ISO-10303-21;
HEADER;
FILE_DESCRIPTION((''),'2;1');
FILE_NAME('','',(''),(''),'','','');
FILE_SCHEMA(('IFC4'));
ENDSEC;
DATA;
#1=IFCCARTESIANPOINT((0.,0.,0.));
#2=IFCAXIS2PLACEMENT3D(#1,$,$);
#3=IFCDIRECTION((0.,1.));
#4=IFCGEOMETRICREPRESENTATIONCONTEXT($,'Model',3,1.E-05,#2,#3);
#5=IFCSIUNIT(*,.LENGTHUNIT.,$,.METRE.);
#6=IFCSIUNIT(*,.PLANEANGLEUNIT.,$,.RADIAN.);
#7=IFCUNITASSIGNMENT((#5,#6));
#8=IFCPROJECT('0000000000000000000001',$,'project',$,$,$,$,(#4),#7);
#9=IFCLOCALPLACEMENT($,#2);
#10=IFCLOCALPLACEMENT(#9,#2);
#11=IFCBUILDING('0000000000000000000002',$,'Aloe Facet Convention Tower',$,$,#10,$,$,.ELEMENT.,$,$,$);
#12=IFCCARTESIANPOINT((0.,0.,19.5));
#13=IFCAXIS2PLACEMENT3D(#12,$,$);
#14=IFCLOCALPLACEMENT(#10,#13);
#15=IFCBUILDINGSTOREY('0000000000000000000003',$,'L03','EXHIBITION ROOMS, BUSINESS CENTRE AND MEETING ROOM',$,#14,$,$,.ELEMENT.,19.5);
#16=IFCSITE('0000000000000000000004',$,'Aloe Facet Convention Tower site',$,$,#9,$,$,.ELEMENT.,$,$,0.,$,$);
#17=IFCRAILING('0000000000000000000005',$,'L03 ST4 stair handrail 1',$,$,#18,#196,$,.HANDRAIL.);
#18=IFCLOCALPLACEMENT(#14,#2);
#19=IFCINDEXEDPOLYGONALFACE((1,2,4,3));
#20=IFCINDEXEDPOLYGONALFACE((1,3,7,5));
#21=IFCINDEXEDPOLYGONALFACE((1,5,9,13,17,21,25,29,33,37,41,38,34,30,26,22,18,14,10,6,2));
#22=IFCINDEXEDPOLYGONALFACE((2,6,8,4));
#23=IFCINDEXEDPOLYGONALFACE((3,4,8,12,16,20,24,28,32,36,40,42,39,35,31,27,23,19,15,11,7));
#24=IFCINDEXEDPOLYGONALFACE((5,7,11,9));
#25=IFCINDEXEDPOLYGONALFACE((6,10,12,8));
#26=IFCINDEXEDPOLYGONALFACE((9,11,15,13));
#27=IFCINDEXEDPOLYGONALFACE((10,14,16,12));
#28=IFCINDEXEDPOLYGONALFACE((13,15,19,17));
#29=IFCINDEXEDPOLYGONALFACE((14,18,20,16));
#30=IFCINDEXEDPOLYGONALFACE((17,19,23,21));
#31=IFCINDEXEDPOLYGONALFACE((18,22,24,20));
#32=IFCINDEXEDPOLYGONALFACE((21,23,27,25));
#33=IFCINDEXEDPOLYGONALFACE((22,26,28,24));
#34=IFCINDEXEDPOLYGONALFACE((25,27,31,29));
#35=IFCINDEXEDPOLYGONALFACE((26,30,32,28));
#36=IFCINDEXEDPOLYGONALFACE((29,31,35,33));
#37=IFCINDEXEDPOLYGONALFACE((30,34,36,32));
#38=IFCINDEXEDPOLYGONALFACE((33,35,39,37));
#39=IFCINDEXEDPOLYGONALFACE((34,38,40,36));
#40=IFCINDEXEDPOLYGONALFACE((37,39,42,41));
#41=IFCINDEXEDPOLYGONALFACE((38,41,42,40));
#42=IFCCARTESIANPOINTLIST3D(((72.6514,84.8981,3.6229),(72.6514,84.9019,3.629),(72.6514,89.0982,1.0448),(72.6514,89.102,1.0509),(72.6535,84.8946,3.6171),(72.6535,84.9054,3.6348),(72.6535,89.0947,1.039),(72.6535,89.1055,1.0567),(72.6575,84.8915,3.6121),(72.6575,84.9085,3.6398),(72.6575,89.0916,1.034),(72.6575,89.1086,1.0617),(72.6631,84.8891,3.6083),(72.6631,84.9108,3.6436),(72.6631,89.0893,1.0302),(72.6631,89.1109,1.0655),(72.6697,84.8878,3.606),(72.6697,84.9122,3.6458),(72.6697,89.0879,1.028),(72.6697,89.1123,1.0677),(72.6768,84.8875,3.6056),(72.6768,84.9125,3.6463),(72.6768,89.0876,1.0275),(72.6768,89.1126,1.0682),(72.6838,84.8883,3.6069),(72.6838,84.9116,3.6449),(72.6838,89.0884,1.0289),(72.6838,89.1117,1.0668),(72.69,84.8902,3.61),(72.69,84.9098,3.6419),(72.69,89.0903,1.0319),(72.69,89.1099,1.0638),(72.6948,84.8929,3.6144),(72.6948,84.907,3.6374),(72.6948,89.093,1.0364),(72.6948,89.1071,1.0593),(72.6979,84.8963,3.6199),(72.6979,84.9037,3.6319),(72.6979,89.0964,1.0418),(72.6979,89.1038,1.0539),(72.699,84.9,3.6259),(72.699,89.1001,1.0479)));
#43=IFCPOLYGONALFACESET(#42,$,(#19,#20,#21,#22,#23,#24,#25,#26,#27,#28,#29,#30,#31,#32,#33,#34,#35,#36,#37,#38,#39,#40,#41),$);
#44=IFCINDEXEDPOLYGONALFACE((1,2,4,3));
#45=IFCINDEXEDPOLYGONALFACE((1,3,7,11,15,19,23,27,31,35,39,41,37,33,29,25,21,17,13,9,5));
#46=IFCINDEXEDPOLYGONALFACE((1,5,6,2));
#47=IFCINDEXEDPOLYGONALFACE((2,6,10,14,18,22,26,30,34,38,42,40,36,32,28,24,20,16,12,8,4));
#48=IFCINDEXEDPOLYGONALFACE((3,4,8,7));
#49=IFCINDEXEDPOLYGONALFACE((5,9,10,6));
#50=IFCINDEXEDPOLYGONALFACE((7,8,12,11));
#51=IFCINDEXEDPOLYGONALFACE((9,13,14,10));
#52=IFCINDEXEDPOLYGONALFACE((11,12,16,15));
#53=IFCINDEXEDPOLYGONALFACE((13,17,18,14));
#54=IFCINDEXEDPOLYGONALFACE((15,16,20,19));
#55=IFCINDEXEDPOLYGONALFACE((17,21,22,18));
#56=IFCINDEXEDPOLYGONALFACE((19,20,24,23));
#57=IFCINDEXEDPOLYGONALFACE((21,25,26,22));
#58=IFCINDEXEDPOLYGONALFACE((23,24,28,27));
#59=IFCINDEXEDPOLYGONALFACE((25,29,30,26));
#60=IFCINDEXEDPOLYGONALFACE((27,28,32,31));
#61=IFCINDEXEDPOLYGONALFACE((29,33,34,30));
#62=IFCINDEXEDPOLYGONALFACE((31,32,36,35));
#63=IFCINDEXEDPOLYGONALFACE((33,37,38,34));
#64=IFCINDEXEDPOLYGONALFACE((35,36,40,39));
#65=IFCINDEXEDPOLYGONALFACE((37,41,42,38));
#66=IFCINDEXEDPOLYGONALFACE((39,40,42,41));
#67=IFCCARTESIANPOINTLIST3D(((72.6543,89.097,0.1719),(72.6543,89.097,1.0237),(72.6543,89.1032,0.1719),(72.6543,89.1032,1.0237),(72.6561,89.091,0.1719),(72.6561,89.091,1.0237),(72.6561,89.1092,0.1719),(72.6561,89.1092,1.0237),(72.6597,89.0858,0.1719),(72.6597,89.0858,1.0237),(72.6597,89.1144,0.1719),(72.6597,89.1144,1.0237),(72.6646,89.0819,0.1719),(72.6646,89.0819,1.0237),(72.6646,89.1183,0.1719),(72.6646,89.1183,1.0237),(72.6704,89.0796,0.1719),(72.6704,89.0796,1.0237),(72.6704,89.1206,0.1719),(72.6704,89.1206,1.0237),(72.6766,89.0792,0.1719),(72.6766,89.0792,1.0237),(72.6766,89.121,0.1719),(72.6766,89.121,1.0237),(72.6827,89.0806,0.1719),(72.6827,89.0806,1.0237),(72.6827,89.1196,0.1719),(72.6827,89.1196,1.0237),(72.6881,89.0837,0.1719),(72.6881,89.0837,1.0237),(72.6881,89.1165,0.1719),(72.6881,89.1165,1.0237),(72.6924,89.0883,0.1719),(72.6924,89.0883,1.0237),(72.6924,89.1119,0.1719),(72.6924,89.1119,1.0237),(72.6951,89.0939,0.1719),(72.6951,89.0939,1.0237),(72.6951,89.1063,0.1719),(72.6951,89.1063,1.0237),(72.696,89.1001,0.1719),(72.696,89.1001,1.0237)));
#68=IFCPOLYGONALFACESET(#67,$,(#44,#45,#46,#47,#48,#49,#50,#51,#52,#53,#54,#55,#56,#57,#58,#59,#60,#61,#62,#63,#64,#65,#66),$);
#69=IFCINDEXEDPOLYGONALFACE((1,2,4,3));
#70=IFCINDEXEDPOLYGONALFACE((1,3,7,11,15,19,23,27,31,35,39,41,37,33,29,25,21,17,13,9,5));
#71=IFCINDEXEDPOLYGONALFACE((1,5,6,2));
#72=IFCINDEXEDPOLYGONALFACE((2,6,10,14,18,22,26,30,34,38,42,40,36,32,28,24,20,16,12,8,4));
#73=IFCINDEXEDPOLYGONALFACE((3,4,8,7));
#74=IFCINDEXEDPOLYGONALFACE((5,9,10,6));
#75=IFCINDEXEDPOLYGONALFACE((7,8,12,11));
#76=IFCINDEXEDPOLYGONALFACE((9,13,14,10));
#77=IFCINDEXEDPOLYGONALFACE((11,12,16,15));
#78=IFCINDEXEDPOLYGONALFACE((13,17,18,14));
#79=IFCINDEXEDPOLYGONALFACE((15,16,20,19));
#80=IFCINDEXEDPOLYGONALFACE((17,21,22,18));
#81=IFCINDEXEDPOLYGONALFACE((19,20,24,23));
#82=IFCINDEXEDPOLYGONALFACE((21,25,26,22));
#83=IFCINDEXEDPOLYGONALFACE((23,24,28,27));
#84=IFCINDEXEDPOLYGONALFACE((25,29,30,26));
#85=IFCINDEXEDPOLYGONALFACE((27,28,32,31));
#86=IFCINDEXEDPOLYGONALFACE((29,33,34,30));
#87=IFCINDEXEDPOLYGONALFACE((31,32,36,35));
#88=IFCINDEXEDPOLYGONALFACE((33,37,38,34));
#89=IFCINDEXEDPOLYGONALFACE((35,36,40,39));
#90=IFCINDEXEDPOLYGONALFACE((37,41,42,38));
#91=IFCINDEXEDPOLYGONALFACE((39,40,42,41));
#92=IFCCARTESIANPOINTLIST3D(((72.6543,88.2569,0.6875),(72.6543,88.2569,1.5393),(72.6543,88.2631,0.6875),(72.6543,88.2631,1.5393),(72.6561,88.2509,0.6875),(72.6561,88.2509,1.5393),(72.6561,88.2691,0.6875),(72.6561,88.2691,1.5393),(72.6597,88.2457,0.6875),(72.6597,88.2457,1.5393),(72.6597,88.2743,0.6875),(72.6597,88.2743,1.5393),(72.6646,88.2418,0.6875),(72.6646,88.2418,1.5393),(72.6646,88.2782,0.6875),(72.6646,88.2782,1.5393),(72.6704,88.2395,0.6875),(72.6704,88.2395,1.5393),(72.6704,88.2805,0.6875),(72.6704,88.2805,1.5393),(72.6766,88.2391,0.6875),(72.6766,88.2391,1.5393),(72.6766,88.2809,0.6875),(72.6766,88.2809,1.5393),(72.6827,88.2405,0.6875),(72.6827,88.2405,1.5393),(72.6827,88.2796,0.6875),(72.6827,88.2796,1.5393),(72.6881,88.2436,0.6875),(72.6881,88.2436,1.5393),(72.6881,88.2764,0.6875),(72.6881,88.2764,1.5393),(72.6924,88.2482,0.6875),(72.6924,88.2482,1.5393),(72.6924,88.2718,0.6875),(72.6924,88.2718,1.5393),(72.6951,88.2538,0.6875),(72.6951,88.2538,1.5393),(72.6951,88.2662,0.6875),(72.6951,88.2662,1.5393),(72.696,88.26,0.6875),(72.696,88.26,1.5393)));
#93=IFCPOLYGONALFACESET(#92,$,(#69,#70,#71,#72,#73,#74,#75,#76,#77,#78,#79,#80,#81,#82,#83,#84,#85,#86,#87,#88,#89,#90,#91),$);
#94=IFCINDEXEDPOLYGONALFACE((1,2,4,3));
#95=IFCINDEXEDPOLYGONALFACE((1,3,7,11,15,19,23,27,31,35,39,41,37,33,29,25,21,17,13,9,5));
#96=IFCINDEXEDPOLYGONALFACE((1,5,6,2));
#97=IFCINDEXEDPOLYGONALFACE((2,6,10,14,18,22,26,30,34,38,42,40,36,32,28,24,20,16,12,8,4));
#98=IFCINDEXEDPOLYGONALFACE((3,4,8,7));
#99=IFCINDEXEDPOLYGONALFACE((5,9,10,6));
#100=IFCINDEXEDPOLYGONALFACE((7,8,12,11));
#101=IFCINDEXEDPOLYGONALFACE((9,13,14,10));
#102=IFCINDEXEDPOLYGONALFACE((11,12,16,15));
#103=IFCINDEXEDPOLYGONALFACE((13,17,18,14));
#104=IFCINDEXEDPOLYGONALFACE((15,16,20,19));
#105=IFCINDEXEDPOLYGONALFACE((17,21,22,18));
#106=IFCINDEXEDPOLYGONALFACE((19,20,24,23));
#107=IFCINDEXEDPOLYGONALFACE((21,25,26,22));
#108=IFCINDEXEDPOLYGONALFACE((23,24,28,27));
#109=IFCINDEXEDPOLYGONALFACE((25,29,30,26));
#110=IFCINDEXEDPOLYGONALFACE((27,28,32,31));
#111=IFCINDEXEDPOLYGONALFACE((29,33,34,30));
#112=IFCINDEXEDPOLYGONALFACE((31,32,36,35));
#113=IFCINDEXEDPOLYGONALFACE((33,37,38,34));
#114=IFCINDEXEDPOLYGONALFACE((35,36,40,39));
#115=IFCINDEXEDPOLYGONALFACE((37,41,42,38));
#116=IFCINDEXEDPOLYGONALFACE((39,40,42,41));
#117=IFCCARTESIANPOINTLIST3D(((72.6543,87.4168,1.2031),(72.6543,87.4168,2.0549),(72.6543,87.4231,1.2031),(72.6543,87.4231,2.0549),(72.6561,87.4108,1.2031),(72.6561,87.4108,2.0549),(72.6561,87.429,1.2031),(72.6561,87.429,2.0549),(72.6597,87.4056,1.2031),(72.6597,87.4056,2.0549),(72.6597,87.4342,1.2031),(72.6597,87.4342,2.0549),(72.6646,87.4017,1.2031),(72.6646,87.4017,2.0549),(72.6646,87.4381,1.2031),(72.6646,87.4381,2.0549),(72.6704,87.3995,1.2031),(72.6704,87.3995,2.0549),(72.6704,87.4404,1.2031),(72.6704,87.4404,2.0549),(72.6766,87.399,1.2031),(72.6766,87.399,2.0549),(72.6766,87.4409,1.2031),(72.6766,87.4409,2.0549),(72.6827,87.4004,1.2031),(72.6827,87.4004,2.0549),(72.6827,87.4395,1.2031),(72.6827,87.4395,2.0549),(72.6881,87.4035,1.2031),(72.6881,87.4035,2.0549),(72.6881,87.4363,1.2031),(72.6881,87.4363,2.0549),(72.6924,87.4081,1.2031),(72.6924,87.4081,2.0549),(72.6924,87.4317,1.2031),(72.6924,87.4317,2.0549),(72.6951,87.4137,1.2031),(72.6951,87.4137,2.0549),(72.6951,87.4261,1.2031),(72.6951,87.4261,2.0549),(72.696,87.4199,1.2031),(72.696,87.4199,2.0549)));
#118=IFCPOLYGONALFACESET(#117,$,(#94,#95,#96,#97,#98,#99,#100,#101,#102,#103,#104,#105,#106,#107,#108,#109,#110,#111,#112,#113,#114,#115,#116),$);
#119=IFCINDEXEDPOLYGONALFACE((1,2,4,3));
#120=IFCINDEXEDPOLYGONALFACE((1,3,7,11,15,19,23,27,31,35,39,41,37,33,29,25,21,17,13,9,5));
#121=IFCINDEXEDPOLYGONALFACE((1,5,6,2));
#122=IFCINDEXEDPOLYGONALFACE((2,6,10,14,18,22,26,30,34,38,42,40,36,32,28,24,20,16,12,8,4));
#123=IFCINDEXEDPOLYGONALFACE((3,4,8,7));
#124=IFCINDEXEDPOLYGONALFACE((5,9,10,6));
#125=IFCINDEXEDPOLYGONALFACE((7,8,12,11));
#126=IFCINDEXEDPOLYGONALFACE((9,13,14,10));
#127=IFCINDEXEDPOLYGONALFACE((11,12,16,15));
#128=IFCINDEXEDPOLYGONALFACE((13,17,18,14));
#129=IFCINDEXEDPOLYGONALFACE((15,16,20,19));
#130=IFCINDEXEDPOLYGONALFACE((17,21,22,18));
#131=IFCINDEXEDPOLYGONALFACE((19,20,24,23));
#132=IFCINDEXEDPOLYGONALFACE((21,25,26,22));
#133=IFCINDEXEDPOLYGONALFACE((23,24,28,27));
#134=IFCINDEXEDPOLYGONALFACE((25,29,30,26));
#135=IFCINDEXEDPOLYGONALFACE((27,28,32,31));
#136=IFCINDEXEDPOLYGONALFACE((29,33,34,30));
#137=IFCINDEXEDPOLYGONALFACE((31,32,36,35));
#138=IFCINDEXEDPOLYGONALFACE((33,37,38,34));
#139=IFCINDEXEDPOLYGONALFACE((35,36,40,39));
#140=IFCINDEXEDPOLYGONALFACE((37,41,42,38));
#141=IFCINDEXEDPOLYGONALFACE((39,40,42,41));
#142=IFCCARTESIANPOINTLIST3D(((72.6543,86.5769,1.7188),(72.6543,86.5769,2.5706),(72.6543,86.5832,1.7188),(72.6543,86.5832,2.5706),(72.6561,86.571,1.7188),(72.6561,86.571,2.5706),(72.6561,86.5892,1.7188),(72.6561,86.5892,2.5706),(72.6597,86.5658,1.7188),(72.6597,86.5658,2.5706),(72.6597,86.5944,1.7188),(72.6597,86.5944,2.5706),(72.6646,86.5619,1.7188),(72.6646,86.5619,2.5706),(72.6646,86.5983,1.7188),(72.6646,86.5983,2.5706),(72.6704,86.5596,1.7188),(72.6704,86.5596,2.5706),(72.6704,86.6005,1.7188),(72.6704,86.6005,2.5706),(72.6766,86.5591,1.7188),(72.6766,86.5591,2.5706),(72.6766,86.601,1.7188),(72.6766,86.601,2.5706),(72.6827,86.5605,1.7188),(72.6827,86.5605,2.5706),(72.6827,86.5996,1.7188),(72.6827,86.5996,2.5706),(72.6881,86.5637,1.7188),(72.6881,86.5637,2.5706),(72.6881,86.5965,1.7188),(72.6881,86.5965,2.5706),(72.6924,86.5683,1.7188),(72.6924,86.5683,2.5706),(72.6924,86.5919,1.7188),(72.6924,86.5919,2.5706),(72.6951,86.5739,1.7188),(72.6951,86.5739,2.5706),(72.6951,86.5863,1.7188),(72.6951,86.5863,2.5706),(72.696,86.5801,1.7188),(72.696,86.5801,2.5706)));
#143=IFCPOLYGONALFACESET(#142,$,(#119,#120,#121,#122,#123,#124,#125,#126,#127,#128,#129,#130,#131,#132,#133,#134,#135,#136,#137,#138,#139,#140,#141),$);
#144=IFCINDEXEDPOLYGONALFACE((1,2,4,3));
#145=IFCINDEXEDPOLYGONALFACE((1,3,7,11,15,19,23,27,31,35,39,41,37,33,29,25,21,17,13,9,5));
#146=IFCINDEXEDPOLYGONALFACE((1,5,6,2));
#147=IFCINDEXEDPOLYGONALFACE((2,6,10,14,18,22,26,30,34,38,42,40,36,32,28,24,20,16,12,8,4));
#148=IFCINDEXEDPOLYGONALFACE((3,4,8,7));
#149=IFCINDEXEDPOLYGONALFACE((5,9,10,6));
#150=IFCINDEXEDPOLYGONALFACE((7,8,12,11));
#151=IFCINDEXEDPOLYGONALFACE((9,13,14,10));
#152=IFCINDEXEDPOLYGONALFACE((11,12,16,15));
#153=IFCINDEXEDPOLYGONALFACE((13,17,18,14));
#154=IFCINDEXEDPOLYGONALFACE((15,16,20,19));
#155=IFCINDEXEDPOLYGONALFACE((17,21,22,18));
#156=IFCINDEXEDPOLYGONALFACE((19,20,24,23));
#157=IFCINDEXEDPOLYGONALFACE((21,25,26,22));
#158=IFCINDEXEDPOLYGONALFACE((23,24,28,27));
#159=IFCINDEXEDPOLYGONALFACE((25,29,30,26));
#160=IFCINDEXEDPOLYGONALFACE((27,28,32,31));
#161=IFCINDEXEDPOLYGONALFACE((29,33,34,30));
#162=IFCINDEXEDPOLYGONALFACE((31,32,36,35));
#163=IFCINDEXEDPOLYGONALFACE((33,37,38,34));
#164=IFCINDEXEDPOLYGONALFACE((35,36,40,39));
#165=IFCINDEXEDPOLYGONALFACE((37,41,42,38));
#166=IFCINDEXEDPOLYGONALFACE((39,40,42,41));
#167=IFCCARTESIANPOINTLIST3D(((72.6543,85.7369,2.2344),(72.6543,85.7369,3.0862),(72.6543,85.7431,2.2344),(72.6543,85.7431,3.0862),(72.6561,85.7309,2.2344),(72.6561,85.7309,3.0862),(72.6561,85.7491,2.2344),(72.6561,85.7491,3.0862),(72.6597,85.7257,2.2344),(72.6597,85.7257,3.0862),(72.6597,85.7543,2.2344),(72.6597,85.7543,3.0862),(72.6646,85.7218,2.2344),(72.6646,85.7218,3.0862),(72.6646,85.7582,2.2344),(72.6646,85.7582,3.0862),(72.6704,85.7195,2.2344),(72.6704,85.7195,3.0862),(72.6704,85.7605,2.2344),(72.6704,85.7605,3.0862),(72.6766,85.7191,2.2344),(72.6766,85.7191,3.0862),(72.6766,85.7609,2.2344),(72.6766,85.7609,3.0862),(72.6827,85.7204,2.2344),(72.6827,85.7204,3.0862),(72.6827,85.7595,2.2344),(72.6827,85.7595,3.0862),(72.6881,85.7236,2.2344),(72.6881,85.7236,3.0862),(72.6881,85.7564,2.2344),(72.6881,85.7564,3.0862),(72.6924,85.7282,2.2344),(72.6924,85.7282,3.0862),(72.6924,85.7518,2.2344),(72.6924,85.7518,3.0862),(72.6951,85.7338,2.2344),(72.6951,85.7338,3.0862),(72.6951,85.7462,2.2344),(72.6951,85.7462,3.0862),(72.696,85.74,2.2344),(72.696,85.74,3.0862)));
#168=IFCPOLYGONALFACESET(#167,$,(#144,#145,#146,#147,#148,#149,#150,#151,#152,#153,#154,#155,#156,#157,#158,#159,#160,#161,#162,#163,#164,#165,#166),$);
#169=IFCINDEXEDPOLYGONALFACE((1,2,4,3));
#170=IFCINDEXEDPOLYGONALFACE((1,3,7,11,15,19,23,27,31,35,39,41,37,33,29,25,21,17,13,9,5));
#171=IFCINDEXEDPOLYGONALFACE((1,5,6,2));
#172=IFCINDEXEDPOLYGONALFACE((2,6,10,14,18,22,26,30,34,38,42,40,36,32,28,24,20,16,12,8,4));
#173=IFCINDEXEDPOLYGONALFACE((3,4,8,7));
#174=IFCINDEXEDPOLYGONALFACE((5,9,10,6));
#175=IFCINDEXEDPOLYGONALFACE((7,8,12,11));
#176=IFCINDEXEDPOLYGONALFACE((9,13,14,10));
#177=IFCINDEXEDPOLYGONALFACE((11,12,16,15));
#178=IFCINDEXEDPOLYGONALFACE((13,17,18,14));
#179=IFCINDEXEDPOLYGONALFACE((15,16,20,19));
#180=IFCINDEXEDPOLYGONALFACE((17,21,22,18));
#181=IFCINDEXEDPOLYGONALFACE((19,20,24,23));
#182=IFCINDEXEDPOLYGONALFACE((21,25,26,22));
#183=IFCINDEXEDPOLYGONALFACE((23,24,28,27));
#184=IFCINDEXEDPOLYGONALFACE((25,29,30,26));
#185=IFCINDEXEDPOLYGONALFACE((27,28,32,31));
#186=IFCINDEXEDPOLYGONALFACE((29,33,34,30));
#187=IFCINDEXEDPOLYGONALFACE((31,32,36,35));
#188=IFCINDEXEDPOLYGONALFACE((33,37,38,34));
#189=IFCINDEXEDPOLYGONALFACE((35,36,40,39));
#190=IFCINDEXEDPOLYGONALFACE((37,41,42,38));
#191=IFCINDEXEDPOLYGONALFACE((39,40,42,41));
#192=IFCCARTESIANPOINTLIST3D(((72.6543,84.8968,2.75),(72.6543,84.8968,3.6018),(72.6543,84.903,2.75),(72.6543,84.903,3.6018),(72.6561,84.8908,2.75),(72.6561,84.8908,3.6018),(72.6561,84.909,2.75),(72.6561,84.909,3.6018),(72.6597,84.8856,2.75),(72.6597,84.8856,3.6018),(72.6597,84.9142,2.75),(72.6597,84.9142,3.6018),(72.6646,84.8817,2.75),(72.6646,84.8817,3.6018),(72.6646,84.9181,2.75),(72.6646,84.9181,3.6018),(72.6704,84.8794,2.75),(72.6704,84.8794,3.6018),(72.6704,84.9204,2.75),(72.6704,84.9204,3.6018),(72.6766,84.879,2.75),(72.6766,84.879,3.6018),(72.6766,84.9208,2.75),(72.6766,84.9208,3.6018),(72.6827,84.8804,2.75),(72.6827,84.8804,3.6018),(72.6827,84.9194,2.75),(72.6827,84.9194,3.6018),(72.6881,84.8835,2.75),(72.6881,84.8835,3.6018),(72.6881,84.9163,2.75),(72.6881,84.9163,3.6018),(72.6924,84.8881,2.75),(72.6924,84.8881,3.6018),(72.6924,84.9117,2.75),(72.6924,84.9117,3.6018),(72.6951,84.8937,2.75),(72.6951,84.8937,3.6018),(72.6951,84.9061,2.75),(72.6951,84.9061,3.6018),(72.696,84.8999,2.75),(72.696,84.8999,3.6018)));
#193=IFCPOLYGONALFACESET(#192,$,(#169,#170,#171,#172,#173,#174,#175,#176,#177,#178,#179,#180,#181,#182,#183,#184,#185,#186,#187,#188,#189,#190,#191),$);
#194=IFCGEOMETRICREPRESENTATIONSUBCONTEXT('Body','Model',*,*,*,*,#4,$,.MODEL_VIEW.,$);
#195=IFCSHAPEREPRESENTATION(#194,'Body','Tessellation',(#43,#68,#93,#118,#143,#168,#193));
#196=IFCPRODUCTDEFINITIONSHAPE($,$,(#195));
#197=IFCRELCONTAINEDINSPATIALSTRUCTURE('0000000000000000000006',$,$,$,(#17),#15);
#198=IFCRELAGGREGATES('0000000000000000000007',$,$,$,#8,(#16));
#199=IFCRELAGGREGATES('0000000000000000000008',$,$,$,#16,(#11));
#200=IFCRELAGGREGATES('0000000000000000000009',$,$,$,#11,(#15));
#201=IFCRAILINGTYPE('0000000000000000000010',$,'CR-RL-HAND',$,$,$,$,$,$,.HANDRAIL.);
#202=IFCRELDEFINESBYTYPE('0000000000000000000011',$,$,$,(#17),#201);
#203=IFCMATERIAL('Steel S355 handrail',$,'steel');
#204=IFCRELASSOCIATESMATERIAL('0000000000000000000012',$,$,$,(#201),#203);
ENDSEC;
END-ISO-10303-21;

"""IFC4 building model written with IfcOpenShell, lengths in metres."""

from ifc_helpers import new_model, si_unit, direction, frame, origin, origin_2d, place, context, subcontext, project, spatial, circle, extrude, material, type_object, element, save


model = new_model("IFC4")

# Units and contexts
model_context = context("Model", 3, precision=1e-05, world=origin(), true_north=direction((0.0, 1.0)))
body_context = subcontext(model_context, "Body", "Model", "MODEL_VIEW")
ifc_project = project(units=[si_unit("LENGTHUNIT", "METRE"), si_unit("PLANEANGLEUNIT", "RADIAN")], contexts=[model_context])

# Site, building, storey
site_placement = place(None, origin())
site = spatial("IfcSite", under=ifc_project, at=site_placement, Name="Aloe Facet Convention Tower site", CompositionType="ELEMENT", RefElevation=0.0)
building_placement = place(site_placement, origin())
building = spatial("IfcBuilding", under=site, at=building_placement, Name="Aloe Facet Convention Tower", CompositionType="ELEMENT")
storey_placement = place(building_placement, frame((0.0, 0.0, 19.5)))
storey = spatial("IfcBuildingStorey", under=building, at=storey_placement, Name="L03", Description="EXHIBITION ROOMS, BUSINESS CENTRE AND MEETING ROOM", CompositionType="ELEMENT", Elevation=19.5)

# Railing
ifc_material_1 = material(Name="Steel S355 handrail", Category="steel")
railing_type_1 = type_object("IfcRailingType", Name="CR-RL-HAND", PredefinedType="HANDRAIL", material=ifc_material_1)
railing_1_placement = place(storey_placement, frame((72.675, 89.1001, 0.1719)))
element("IfcRailing", 1, at=railing_1_placement, inside=storey, type_object=railing_type_1, Name="L03 ST4 stair handrail 1", PredefinedType="HANDRAIL", context=body_context, shape_type="SweptSolid", body=[
    extrude(circle(Radius=0.0239, at=origin_2d()), frame((0.0, 0.0, 0.876), z_axis=(0.0, -0.852256, 0.523124), x_axis=(1.0, 0.0, 0.0)), (0.0, 0.0, 1.0), 4.9282),
    extrude(circle(Radius=0.021, at=origin_2d()), origin(), (0.0, 0.0, 1.0), 0.8518),
    extrude(circle(Radius=0.021, at=origin_2d()), frame((0.0, -0.8401, 0.5156)), (0.0, 0.0, 1.0), 0.8518),
    extrude(circle(Radius=0.021, at=origin_2d()), frame((0.0, -1.6802, 1.0312)), (0.0, 0.0, 1.0), 0.8518),
    extrude(circle(Radius=0.021, at=origin_2d()), frame((0.0, -2.52, 1.5469)), (0.0, 0.0, 1.0), 0.8518),
    extrude(circle(Radius=0.021, at=origin_2d()), frame((0.0, -3.3601, 2.0625)), (0.0, 0.0, 1.0), 0.8518),
    extrude(circle(Radius=0.021, at=origin_2d()), frame((0.0, -4.2002, 2.5781)), (0.0, 0.0, 1.0), 0.8518),
])

save(model, "model.ifc")
